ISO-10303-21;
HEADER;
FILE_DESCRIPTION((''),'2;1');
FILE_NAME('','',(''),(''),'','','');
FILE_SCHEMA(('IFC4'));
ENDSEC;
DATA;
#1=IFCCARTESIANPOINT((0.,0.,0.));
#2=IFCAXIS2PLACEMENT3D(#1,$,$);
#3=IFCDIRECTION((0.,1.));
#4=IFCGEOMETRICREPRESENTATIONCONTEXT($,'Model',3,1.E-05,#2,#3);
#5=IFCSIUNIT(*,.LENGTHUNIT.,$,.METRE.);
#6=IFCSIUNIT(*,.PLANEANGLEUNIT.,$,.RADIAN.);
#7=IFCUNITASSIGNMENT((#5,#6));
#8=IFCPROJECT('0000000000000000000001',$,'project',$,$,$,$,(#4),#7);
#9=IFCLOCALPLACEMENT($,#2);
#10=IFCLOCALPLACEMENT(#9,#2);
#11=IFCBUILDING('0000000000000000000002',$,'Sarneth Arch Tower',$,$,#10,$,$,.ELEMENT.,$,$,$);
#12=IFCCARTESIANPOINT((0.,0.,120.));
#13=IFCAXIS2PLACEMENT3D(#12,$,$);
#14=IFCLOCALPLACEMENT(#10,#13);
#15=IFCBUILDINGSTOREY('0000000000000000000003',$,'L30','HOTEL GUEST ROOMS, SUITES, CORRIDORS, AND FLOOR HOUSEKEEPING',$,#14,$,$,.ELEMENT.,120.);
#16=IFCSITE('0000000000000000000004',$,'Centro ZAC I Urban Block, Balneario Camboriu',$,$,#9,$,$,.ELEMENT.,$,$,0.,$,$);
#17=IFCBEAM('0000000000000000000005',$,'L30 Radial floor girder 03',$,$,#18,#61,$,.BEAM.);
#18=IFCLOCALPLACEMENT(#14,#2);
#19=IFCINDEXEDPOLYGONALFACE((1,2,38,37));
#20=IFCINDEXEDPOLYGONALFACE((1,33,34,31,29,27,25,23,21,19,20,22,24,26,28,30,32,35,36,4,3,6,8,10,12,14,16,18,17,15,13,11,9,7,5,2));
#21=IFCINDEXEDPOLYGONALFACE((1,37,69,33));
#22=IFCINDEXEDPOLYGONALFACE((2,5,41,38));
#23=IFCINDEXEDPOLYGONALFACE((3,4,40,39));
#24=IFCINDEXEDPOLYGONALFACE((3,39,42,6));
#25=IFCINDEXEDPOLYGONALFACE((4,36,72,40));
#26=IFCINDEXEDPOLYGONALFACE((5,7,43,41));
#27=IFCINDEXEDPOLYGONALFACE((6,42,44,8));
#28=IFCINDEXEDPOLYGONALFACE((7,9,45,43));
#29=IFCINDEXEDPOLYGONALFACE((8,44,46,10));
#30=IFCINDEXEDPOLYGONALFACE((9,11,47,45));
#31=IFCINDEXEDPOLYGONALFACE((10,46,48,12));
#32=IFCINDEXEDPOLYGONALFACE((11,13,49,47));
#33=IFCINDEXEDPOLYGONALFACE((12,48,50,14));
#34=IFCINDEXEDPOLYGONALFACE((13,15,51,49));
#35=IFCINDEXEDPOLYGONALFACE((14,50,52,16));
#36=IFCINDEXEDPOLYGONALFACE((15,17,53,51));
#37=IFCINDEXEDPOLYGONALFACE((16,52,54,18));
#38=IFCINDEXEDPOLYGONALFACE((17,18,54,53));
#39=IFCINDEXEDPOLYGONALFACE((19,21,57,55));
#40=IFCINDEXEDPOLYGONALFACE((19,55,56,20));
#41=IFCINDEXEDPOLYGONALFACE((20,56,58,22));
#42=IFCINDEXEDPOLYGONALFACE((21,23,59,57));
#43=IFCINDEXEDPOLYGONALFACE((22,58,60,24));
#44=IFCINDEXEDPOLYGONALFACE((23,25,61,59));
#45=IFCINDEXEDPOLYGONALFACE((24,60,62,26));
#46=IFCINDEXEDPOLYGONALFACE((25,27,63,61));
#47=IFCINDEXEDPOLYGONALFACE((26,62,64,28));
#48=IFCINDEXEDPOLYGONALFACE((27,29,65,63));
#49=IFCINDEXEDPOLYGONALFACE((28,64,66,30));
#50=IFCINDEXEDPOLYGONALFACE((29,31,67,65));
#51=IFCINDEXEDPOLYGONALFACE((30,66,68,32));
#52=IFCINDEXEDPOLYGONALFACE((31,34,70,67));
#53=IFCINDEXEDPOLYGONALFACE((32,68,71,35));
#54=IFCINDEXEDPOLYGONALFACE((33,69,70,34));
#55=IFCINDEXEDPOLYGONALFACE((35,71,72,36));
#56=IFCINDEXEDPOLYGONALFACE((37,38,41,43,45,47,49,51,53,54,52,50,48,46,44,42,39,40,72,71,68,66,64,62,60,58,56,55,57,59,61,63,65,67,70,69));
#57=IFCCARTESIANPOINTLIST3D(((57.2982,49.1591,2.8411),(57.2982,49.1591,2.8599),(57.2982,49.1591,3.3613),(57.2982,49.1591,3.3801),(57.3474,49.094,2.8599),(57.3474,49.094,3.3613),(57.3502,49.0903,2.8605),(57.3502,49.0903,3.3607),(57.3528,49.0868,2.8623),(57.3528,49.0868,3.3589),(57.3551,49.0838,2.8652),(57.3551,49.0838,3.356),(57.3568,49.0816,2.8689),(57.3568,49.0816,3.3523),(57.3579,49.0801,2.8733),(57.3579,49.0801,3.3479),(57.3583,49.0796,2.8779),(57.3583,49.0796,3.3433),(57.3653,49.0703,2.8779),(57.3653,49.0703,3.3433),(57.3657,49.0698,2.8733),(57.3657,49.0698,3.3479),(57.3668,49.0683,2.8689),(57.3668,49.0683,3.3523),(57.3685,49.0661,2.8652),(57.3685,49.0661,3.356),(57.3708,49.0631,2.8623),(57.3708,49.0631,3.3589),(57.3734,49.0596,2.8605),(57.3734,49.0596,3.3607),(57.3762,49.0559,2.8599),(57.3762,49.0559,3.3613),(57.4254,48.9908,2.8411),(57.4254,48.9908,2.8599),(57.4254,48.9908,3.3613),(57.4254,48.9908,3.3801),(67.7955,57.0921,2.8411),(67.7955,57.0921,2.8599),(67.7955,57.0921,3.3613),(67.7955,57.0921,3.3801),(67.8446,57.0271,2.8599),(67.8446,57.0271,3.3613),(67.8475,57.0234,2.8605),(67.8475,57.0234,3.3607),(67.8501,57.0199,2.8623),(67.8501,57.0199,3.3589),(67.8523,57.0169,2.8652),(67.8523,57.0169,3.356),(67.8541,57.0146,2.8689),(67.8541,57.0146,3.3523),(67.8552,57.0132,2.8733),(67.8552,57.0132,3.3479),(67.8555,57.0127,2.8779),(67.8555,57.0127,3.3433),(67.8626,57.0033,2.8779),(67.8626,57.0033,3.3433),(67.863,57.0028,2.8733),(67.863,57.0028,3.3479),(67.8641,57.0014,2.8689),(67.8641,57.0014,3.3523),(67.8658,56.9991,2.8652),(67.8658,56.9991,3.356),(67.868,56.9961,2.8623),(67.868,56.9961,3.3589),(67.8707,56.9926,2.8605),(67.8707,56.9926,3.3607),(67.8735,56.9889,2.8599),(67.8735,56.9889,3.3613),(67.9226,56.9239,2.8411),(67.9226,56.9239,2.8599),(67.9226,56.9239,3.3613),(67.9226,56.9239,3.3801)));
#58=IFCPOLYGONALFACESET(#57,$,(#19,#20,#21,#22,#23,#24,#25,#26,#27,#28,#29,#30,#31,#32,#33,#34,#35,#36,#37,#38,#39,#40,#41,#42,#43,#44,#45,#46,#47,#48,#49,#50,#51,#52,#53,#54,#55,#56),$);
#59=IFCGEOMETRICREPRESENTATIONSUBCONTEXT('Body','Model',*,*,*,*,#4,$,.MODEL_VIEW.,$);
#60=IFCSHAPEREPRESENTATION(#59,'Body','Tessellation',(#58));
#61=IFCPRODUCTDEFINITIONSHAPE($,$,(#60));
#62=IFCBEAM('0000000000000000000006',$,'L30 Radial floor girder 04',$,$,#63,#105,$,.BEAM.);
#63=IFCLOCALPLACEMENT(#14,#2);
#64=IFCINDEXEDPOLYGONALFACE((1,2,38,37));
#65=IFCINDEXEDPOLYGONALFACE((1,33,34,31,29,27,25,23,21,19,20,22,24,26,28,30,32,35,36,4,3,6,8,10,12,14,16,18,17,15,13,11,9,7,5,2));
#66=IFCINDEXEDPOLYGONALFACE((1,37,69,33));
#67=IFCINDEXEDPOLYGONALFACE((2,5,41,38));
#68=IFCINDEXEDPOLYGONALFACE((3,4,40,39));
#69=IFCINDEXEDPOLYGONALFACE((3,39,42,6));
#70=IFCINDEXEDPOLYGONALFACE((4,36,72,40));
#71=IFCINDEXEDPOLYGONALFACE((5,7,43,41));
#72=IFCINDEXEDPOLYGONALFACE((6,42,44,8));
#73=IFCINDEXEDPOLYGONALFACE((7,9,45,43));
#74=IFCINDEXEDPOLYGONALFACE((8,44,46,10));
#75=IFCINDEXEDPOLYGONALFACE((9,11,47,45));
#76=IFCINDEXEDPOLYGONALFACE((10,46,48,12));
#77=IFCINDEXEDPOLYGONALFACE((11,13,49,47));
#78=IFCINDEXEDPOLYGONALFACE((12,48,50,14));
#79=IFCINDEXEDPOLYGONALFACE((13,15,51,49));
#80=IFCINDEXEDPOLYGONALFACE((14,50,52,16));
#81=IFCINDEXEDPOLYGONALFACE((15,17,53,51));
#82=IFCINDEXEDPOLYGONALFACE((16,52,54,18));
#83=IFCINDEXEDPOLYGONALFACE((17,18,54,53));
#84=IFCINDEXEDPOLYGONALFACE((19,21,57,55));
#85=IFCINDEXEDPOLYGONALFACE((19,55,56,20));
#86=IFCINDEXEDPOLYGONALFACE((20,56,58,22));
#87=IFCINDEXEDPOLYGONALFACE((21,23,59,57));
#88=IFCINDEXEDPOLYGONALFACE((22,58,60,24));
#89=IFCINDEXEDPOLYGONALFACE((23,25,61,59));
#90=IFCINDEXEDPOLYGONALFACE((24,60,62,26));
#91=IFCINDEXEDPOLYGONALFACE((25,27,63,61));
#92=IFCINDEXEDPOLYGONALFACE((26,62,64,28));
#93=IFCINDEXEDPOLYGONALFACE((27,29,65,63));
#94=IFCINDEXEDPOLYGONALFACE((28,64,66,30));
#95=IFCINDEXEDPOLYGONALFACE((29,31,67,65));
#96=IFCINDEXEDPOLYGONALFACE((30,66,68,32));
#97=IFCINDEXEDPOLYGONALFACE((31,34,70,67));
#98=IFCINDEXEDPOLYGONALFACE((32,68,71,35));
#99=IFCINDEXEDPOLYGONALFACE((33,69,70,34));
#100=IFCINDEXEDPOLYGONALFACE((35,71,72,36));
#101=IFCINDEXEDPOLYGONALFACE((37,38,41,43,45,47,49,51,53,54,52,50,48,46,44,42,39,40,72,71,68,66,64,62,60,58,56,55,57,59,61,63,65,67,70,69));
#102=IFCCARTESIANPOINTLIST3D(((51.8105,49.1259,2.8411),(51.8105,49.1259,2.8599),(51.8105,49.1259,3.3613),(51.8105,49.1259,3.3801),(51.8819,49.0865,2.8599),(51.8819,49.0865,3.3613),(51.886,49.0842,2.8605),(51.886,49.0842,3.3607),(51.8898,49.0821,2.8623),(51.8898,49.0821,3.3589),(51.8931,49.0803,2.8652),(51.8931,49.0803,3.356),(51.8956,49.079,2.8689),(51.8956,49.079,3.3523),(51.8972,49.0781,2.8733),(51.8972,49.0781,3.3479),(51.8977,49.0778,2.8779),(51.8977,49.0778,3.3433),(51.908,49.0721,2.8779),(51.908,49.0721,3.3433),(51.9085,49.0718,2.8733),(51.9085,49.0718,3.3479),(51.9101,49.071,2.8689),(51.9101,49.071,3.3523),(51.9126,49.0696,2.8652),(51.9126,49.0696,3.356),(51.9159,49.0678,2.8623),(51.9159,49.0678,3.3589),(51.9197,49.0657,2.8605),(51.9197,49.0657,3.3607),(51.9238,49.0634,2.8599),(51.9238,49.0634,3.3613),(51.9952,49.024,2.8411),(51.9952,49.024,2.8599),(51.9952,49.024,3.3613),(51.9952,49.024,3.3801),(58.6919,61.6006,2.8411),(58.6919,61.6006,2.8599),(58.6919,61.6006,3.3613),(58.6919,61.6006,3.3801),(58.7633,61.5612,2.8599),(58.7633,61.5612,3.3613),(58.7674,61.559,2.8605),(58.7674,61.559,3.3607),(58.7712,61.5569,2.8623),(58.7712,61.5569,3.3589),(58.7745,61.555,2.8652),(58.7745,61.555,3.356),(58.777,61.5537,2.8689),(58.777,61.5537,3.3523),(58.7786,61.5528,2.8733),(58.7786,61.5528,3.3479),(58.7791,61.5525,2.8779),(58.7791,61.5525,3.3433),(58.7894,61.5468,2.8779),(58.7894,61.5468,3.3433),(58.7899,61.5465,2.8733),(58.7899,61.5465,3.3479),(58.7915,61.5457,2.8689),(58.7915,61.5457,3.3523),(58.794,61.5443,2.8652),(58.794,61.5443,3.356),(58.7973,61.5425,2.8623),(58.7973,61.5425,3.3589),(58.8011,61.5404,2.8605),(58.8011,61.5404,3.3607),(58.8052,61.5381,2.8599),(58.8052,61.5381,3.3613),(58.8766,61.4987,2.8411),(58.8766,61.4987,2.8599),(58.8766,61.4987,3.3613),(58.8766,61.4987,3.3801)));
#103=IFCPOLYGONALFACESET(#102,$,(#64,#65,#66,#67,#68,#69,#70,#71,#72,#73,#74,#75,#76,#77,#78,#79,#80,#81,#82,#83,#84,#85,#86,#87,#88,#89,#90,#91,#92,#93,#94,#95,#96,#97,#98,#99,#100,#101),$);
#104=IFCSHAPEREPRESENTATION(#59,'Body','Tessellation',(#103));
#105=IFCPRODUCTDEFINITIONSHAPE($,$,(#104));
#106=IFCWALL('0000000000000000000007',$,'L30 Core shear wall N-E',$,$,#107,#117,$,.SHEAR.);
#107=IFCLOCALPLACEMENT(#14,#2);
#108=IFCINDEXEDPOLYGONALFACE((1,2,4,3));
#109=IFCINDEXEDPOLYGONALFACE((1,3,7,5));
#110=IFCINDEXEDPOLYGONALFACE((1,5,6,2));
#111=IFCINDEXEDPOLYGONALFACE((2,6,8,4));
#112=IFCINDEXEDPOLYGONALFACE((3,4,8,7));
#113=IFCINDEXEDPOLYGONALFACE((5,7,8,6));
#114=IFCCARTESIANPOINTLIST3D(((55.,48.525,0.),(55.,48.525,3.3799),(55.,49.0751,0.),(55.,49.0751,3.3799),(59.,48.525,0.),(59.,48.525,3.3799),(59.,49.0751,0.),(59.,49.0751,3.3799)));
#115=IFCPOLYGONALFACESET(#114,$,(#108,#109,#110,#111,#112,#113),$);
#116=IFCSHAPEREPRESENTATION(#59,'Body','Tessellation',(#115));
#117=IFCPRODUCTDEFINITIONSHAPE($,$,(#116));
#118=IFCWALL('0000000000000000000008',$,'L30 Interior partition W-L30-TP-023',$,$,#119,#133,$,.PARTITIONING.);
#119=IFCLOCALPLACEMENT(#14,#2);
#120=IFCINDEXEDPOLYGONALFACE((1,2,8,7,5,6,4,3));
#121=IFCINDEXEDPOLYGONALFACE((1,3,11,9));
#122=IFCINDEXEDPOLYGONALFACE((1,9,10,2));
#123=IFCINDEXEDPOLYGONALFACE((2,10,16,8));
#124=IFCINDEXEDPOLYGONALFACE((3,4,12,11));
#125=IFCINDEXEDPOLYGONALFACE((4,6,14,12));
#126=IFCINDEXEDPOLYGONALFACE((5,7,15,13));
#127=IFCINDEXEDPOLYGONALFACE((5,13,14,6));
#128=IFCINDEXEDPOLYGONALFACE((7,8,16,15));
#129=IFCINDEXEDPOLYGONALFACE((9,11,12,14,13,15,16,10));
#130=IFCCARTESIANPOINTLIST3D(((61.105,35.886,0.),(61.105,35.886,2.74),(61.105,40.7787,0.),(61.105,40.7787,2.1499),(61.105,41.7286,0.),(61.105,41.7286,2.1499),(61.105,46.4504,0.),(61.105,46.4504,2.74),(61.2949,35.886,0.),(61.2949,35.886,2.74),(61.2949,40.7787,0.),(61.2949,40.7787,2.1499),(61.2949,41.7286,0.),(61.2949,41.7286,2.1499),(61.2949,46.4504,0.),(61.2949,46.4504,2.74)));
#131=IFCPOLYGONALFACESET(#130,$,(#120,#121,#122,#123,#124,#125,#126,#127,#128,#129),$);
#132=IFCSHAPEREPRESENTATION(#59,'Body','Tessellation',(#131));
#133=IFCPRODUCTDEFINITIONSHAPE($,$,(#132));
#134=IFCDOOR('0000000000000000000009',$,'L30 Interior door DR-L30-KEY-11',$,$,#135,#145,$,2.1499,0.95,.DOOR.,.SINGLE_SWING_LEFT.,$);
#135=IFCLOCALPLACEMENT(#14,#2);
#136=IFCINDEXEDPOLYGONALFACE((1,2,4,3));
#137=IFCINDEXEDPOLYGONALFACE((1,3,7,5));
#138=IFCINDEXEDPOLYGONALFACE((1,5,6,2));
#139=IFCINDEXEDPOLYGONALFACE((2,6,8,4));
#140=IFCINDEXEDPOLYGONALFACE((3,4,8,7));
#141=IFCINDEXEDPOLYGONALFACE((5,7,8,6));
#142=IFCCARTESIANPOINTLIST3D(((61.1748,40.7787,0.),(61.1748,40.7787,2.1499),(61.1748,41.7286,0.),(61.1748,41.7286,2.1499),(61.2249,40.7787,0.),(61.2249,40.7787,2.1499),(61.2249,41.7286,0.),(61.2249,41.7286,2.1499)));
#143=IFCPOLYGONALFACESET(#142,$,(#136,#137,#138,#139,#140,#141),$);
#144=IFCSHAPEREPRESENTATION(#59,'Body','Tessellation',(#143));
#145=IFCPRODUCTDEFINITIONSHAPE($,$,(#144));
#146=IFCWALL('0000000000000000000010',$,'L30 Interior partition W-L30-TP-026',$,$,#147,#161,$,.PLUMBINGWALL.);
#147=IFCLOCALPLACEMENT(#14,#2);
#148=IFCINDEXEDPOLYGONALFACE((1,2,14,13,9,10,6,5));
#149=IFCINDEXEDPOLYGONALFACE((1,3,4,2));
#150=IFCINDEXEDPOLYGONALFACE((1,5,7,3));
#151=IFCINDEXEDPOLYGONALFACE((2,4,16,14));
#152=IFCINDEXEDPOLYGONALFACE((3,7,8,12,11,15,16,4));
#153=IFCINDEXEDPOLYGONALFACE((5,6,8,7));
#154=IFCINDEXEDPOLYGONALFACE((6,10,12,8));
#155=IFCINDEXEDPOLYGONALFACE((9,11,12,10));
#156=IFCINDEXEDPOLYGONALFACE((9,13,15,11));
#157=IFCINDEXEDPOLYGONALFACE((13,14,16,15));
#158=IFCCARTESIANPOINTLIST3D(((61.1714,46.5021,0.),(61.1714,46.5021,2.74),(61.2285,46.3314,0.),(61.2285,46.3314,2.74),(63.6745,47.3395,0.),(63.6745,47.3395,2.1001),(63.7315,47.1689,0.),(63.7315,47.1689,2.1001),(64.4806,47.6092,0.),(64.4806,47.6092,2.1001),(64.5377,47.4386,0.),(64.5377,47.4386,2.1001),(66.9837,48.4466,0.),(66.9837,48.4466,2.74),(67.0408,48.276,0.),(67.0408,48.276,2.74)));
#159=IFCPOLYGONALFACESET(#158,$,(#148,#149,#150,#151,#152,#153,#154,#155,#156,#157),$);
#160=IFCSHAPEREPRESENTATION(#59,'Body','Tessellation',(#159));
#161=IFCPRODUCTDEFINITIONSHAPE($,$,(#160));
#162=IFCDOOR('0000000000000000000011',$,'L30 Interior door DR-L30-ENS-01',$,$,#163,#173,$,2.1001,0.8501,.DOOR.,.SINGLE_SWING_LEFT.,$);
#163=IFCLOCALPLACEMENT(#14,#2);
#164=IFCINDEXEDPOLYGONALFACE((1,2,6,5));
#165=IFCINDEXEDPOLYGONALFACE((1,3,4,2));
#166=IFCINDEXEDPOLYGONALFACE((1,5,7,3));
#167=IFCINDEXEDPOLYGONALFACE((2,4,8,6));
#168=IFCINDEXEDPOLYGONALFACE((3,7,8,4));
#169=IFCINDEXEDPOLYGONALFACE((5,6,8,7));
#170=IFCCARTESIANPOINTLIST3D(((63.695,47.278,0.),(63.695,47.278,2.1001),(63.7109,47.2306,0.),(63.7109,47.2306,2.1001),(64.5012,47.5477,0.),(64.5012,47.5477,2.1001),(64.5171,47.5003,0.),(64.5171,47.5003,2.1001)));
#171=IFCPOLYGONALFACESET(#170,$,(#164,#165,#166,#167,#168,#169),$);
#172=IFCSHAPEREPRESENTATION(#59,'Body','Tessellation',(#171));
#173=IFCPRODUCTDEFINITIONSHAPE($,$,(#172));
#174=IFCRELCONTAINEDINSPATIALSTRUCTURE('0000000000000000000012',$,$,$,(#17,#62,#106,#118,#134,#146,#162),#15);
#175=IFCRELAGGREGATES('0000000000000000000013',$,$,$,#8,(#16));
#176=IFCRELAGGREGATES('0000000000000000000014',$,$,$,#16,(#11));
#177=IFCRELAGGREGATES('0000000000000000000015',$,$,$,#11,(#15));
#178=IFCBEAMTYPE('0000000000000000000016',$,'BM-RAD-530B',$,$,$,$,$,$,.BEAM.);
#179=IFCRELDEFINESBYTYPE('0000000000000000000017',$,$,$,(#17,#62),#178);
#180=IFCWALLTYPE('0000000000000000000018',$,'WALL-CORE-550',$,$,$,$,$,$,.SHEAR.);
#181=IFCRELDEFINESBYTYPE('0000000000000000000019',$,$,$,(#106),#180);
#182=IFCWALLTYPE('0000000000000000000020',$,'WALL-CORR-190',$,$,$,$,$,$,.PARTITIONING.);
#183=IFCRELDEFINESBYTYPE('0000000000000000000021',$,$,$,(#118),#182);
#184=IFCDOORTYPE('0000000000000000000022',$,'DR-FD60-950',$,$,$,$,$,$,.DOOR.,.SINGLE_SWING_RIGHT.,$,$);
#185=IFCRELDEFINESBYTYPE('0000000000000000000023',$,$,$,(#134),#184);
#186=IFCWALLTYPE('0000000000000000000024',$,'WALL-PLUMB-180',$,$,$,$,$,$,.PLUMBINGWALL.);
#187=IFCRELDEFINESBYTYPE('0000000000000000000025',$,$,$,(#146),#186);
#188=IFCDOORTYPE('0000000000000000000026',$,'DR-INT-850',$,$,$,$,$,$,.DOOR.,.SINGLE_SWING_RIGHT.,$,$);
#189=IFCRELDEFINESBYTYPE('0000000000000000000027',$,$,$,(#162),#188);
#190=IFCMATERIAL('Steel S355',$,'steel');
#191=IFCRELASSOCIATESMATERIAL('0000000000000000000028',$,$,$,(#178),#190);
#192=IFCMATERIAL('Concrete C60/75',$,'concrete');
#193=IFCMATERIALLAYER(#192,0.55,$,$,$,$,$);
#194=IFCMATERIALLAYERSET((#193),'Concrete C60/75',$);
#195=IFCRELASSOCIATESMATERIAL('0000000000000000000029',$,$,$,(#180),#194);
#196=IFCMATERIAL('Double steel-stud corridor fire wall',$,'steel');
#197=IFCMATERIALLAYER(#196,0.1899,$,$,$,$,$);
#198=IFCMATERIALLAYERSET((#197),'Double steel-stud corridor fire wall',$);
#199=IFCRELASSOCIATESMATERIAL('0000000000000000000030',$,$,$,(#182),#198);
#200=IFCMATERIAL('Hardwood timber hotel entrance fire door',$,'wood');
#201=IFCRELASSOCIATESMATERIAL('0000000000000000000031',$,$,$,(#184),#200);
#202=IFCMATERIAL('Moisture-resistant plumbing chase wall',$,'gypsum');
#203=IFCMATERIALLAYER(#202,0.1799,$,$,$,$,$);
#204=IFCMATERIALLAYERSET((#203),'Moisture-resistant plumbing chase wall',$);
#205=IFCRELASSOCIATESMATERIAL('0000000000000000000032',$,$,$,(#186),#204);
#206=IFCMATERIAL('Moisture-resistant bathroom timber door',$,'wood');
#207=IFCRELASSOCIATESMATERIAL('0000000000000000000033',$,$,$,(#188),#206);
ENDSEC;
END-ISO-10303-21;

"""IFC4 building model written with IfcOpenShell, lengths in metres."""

from ifc_helpers import new_model, si_unit, direction, frame, frame_2d, origin, origin_2d, place, context, subcontext, project, spatial, rectangle, i_section, extrude, material, layer, layer_set, material_profile, profile_set, type_object, element, fill, save


model = new_model("IFC4")

# Units and contexts
model_context = context("Model", 3, precision=1e-05, world=origin(), true_north=direction((0.0, 1.0)))
body_context = subcontext(model_context, "Body", "Model", "MODEL_VIEW")
ifc_project = project(units=[si_unit("LENGTHUNIT", "METRE"), si_unit("PLANEANGLEUNIT", "RADIAN")], contexts=[model_context])

# Site, building, storey
site_placement = place(None, origin())
site = spatial("IfcSite", under=ifc_project, at=site_placement, Name="Centro ZAC I Urban Block, Balneario Camboriu", CompositionType="ELEMENT", RefElevation=0.0)
building_placement = place(site_placement, origin())
building = spatial("IfcBuilding", under=site, at=building_placement, Name="Sarneth Arch Tower", CompositionType="ELEMENT")
storey_placement = place(building_placement, frame((0.0, 0.0, 120.0)))
storey = spatial("IfcBuildingStorey", under=building, at=storey_placement, Name="L30", Description="HOTEL GUEST ROOMS, SUITES, CORRIDORS, AND FLOOR HOUSEKEEPING", CompositionType="ELEMENT", Elevation=120.0)

# Beams
ifc_material_1 = material(Name="Steel S355", Category="steel")
ifc_material_profile_1 = material_profile(ifc_material_1, i_section(OverallWidth=0.2109, OverallDepth=0.5391, WebThickness=0.0117, FlangeThickness=0.0188, FilletRadius=0.0181, at=origin_2d()), Name="W530x109")
ifc_profile_set_1 = profile_set([ifc_material_profile_1], Name="Steel S355")
beam_type_1 = type_object("IfcBeamType", Name="BM-RAD-530B", PredefinedType="BEAM", material=ifc_profile_set_1)
beam_1_placement = place(storey_placement, frame((57.3618, 49.075, 3.1106), z_axis=(0.797801, 0.60292, 0.0), x_axis=(-0.60292, 0.797801, 0.0)))
element("IfcBeam", 1, at=beam_1_placement, inside=storey, type_object=beam_type_1, Name="L30 Radial floor girder 03", PredefinedType="BEAM", context=body_context, shape_type="SweptSolid", body=[
    extrude(i_section(OverallWidth=0.2109, OverallDepth=0.5391, WebThickness=0.0117, FlangeThickness=0.0188, FilletRadius=0.0181, at=origin_2d()), origin(), (0.0, 0.0, 1.0), 13.1577),
])
beam_2_placement = place(storey_placement, frame((51.9028, 49.075, 3.1106), z_axis=(0.483013, 0.875613, 0.0), x_axis=(-0.875613, 0.483013, 0.0)))
element("IfcBeam", 2, at=beam_2_placement, inside=storey, type_object=beam_type_1, Name="L30 Radial floor girder 04", PredefinedType="BEAM", context=body_context, shape_type="SweptSolid", body=[
    extrude(i_section(OverallWidth=0.2109, OverallDepth=0.5391, WebThickness=0.0117, FlangeThickness=0.0188, FilletRadius=0.0181, at=origin_2d()), origin(), (0.0, 0.0, 1.0), 14.2468),
])

# Wall
ifc_material_2 = material(Name="Concrete C60/75", Category="concrete")
ifc_layer_1 = layer(ifc_material_2, 0.55)
ifc_layer_set_1 = layer_set([ifc_layer_1], Name="Concrete C60/75")
wall_type_1 = type_object("IfcWallType", Name="WALL-CORE-550", PredefinedType="SHEAR", material=ifc_layer_set_1)
wall_1_placement = place(storey_placement, frame((55.0, 48.8, 0.0), z_axis=(0.0, 0.0, 1.0), x_axis=(1.0, 0.0, 0.0)))
element("IfcWall", 3, at=wall_1_placement, inside=storey, type_object=wall_type_1, Name="L30 Core shear wall N-E", PredefinedType="SHEAR", context=body_context, shape_type="SweptSolid", body=[
    extrude(rectangle(XDim=4.0, YDim=0.55, at=frame_2d((2.0, 0.0))), origin(), (0.0, 0.0, 1.0), 3.3799),
])

# Walls, openings, doors
ifc_material_3 = material(Name="Double steel-stud corridor fire wall", Category="steel")
ifc_layer_2 = layer(ifc_material_3, 0.1899)
ifc_layer_set_2 = layer_set([ifc_layer_2], Name="Double steel-stud corridor fire wall")
wall_type_2 = type_object("IfcWallType", Name="WALL-CORR-190", PredefinedType="PARTITIONING", material=ifc_layer_set_2)
wall_2_placement = place(storey_placement, frame((61.2, 46.4504, 0.0), z_axis=(0.0, 0.0, 1.0), x_axis=(0.0, -1.0, 0.0)))
wall_2 = element("IfcWall", 4, at=wall_2_placement, inside=storey, type_object=wall_type_2, Name="L30 Interior partition W-L30-TP-023", PredefinedType="PARTITIONING", context=body_context, shape_type="SweptSolid", body=[
    extrude(rectangle(XDim=10.5645, YDim=0.1899, at=frame_2d((5.2822, 0.0))), origin(), (0.0, 0.0, 1.0), 2.74),
])
opening_1_placement = place(wall_2_placement, frame((4.7217, 0.0, 0.0)))
opening_1 = element("IfcOpeningElement", 5, at=opening_1_placement, cuts=wall_2, PredefinedType="OPENING", context=body_context, shape_type="SweptSolid", body=[
    extrude(rectangle(XDim=0.95, YDim=2.1499, at=frame_2d((0.4751, 1.075))), frame((0.0, 0.105, 0.0), z_axis=(0.0, -1.0, 0.0), x_axis=(1.0, 0.0, 0.0)), (0.0, 0.0, 1.0), 0.21),
])
ifc_material_4 = material(Name="Hardwood timber hotel entrance fire door", Category="wood")
door_type_1 = type_object("IfcDoorType", Name="DR-FD60-950", OperationType="SINGLE_SWING_RIGHT", PredefinedType="DOOR", material=ifc_material_4)
door_1_placement = place(opening_1_placement, origin())
door_1 = element("IfcDoor", 6, at=door_1_placement, inside=storey, type_object=door_type_1, Name="L30 Interior door DR-L30-KEY-11", OperationType="SINGLE_SWING_LEFT", OverallHeight=2.1499, OverallWidth=0.95, PredefinedType="DOOR", context=body_context, shape_type="SweptSolid", body=[
    extrude(rectangle(XDim=0.95, YDim=2.1499, at=frame_2d((0.4751, 1.075))), frame((0.0, 0.0249, 0.0), z_axis=(0.0, -1.0, 0.0), x_axis=(1.0, 0.0, 0.0)), (0.0, 0.0, 1.0), 0.05),
])
fill(opening_1, door_1)
ifc_material_5 = material(Name="Moisture-resistant plumbing chase wall", Category="gypsum")
ifc_layer_3 = layer(ifc_material_5, 0.1799)
ifc_layer_set_3 = layer_set([ifc_layer_3], Name="Moisture-resistant plumbing chase wall")
wall_type_3 = type_object("IfcWallType", Name="WALL-PLUMB-180", PredefinedType="PLUMBINGWALL", material=ifc_layer_set_3)
wall_3_placement = place(storey_placement, frame((67.0122, 48.3613, 0.0), z_axis=(0.0, 0.0, 1.0), x_axis=(-0.948332, -0.317279, 0.0)))
wall_3 = element("IfcWall", 7, at=wall_3_placement, inside=storey, type_object=wall_type_3, Name="L30 Interior partition W-L30-TP-026", PredefinedType="PLUMBINGWALL", context=body_context, shape_type="SweptSolid", body=[
    extrude(rectangle(XDim=6.1289, YDim=0.1799, at=frame_2d((3.0645, 0.0))), origin(), (0.0, 0.0, 1.0), 2.74),
])
opening_2_placement = place(wall_3_placement, frame((2.6394, 0.0, 0.0)))
opening_2 = element("IfcOpeningElement", 8, at=opening_2_placement, cuts=wall_3, PredefinedType="OPENING", context=body_context, shape_type="SweptSolid", body=[
    extrude(rectangle(XDim=0.8501, YDim=2.1001, at=frame_2d((0.425, 1.05))), frame((0.0, 0.0999, 0.0), z_axis=(0.0, -1.0, 0.0), x_axis=(1.0, 0.0, 0.0)), (0.0, 0.0, 1.0), 0.2),
])
ifc_material_6 = material(Name="Moisture-resistant bathroom timber door", Category="wood")
door_type_2 = type_object("IfcDoorType", Name="DR-INT-850", OperationType="SINGLE_SWING_RIGHT", PredefinedType="DOOR", material=ifc_material_6)
door_2_placement = place(opening_2_placement, origin())
door_2 = element("IfcDoor", 9, at=door_2_placement, inside=storey, type_object=door_type_2, Name="L30 Interior door DR-L30-ENS-01", OperationType="SINGLE_SWING_LEFT", OverallHeight=2.1001, OverallWidth=0.8501, PredefinedType="DOOR", context=body_context, shape_type="SweptSolid", body=[
    extrude(rectangle(XDim=0.8501, YDim=2.1001, at=frame_2d((0.425, 1.05))), frame((0.0, 0.0249, 0.0), z_axis=(0.0, -1.0, 0.0), x_axis=(1.0, 0.0, 0.0)), (0.0, 0.0, 1.0), 0.05),
])
fill(opening_2, door_2)

save(model, "model.ifc")
